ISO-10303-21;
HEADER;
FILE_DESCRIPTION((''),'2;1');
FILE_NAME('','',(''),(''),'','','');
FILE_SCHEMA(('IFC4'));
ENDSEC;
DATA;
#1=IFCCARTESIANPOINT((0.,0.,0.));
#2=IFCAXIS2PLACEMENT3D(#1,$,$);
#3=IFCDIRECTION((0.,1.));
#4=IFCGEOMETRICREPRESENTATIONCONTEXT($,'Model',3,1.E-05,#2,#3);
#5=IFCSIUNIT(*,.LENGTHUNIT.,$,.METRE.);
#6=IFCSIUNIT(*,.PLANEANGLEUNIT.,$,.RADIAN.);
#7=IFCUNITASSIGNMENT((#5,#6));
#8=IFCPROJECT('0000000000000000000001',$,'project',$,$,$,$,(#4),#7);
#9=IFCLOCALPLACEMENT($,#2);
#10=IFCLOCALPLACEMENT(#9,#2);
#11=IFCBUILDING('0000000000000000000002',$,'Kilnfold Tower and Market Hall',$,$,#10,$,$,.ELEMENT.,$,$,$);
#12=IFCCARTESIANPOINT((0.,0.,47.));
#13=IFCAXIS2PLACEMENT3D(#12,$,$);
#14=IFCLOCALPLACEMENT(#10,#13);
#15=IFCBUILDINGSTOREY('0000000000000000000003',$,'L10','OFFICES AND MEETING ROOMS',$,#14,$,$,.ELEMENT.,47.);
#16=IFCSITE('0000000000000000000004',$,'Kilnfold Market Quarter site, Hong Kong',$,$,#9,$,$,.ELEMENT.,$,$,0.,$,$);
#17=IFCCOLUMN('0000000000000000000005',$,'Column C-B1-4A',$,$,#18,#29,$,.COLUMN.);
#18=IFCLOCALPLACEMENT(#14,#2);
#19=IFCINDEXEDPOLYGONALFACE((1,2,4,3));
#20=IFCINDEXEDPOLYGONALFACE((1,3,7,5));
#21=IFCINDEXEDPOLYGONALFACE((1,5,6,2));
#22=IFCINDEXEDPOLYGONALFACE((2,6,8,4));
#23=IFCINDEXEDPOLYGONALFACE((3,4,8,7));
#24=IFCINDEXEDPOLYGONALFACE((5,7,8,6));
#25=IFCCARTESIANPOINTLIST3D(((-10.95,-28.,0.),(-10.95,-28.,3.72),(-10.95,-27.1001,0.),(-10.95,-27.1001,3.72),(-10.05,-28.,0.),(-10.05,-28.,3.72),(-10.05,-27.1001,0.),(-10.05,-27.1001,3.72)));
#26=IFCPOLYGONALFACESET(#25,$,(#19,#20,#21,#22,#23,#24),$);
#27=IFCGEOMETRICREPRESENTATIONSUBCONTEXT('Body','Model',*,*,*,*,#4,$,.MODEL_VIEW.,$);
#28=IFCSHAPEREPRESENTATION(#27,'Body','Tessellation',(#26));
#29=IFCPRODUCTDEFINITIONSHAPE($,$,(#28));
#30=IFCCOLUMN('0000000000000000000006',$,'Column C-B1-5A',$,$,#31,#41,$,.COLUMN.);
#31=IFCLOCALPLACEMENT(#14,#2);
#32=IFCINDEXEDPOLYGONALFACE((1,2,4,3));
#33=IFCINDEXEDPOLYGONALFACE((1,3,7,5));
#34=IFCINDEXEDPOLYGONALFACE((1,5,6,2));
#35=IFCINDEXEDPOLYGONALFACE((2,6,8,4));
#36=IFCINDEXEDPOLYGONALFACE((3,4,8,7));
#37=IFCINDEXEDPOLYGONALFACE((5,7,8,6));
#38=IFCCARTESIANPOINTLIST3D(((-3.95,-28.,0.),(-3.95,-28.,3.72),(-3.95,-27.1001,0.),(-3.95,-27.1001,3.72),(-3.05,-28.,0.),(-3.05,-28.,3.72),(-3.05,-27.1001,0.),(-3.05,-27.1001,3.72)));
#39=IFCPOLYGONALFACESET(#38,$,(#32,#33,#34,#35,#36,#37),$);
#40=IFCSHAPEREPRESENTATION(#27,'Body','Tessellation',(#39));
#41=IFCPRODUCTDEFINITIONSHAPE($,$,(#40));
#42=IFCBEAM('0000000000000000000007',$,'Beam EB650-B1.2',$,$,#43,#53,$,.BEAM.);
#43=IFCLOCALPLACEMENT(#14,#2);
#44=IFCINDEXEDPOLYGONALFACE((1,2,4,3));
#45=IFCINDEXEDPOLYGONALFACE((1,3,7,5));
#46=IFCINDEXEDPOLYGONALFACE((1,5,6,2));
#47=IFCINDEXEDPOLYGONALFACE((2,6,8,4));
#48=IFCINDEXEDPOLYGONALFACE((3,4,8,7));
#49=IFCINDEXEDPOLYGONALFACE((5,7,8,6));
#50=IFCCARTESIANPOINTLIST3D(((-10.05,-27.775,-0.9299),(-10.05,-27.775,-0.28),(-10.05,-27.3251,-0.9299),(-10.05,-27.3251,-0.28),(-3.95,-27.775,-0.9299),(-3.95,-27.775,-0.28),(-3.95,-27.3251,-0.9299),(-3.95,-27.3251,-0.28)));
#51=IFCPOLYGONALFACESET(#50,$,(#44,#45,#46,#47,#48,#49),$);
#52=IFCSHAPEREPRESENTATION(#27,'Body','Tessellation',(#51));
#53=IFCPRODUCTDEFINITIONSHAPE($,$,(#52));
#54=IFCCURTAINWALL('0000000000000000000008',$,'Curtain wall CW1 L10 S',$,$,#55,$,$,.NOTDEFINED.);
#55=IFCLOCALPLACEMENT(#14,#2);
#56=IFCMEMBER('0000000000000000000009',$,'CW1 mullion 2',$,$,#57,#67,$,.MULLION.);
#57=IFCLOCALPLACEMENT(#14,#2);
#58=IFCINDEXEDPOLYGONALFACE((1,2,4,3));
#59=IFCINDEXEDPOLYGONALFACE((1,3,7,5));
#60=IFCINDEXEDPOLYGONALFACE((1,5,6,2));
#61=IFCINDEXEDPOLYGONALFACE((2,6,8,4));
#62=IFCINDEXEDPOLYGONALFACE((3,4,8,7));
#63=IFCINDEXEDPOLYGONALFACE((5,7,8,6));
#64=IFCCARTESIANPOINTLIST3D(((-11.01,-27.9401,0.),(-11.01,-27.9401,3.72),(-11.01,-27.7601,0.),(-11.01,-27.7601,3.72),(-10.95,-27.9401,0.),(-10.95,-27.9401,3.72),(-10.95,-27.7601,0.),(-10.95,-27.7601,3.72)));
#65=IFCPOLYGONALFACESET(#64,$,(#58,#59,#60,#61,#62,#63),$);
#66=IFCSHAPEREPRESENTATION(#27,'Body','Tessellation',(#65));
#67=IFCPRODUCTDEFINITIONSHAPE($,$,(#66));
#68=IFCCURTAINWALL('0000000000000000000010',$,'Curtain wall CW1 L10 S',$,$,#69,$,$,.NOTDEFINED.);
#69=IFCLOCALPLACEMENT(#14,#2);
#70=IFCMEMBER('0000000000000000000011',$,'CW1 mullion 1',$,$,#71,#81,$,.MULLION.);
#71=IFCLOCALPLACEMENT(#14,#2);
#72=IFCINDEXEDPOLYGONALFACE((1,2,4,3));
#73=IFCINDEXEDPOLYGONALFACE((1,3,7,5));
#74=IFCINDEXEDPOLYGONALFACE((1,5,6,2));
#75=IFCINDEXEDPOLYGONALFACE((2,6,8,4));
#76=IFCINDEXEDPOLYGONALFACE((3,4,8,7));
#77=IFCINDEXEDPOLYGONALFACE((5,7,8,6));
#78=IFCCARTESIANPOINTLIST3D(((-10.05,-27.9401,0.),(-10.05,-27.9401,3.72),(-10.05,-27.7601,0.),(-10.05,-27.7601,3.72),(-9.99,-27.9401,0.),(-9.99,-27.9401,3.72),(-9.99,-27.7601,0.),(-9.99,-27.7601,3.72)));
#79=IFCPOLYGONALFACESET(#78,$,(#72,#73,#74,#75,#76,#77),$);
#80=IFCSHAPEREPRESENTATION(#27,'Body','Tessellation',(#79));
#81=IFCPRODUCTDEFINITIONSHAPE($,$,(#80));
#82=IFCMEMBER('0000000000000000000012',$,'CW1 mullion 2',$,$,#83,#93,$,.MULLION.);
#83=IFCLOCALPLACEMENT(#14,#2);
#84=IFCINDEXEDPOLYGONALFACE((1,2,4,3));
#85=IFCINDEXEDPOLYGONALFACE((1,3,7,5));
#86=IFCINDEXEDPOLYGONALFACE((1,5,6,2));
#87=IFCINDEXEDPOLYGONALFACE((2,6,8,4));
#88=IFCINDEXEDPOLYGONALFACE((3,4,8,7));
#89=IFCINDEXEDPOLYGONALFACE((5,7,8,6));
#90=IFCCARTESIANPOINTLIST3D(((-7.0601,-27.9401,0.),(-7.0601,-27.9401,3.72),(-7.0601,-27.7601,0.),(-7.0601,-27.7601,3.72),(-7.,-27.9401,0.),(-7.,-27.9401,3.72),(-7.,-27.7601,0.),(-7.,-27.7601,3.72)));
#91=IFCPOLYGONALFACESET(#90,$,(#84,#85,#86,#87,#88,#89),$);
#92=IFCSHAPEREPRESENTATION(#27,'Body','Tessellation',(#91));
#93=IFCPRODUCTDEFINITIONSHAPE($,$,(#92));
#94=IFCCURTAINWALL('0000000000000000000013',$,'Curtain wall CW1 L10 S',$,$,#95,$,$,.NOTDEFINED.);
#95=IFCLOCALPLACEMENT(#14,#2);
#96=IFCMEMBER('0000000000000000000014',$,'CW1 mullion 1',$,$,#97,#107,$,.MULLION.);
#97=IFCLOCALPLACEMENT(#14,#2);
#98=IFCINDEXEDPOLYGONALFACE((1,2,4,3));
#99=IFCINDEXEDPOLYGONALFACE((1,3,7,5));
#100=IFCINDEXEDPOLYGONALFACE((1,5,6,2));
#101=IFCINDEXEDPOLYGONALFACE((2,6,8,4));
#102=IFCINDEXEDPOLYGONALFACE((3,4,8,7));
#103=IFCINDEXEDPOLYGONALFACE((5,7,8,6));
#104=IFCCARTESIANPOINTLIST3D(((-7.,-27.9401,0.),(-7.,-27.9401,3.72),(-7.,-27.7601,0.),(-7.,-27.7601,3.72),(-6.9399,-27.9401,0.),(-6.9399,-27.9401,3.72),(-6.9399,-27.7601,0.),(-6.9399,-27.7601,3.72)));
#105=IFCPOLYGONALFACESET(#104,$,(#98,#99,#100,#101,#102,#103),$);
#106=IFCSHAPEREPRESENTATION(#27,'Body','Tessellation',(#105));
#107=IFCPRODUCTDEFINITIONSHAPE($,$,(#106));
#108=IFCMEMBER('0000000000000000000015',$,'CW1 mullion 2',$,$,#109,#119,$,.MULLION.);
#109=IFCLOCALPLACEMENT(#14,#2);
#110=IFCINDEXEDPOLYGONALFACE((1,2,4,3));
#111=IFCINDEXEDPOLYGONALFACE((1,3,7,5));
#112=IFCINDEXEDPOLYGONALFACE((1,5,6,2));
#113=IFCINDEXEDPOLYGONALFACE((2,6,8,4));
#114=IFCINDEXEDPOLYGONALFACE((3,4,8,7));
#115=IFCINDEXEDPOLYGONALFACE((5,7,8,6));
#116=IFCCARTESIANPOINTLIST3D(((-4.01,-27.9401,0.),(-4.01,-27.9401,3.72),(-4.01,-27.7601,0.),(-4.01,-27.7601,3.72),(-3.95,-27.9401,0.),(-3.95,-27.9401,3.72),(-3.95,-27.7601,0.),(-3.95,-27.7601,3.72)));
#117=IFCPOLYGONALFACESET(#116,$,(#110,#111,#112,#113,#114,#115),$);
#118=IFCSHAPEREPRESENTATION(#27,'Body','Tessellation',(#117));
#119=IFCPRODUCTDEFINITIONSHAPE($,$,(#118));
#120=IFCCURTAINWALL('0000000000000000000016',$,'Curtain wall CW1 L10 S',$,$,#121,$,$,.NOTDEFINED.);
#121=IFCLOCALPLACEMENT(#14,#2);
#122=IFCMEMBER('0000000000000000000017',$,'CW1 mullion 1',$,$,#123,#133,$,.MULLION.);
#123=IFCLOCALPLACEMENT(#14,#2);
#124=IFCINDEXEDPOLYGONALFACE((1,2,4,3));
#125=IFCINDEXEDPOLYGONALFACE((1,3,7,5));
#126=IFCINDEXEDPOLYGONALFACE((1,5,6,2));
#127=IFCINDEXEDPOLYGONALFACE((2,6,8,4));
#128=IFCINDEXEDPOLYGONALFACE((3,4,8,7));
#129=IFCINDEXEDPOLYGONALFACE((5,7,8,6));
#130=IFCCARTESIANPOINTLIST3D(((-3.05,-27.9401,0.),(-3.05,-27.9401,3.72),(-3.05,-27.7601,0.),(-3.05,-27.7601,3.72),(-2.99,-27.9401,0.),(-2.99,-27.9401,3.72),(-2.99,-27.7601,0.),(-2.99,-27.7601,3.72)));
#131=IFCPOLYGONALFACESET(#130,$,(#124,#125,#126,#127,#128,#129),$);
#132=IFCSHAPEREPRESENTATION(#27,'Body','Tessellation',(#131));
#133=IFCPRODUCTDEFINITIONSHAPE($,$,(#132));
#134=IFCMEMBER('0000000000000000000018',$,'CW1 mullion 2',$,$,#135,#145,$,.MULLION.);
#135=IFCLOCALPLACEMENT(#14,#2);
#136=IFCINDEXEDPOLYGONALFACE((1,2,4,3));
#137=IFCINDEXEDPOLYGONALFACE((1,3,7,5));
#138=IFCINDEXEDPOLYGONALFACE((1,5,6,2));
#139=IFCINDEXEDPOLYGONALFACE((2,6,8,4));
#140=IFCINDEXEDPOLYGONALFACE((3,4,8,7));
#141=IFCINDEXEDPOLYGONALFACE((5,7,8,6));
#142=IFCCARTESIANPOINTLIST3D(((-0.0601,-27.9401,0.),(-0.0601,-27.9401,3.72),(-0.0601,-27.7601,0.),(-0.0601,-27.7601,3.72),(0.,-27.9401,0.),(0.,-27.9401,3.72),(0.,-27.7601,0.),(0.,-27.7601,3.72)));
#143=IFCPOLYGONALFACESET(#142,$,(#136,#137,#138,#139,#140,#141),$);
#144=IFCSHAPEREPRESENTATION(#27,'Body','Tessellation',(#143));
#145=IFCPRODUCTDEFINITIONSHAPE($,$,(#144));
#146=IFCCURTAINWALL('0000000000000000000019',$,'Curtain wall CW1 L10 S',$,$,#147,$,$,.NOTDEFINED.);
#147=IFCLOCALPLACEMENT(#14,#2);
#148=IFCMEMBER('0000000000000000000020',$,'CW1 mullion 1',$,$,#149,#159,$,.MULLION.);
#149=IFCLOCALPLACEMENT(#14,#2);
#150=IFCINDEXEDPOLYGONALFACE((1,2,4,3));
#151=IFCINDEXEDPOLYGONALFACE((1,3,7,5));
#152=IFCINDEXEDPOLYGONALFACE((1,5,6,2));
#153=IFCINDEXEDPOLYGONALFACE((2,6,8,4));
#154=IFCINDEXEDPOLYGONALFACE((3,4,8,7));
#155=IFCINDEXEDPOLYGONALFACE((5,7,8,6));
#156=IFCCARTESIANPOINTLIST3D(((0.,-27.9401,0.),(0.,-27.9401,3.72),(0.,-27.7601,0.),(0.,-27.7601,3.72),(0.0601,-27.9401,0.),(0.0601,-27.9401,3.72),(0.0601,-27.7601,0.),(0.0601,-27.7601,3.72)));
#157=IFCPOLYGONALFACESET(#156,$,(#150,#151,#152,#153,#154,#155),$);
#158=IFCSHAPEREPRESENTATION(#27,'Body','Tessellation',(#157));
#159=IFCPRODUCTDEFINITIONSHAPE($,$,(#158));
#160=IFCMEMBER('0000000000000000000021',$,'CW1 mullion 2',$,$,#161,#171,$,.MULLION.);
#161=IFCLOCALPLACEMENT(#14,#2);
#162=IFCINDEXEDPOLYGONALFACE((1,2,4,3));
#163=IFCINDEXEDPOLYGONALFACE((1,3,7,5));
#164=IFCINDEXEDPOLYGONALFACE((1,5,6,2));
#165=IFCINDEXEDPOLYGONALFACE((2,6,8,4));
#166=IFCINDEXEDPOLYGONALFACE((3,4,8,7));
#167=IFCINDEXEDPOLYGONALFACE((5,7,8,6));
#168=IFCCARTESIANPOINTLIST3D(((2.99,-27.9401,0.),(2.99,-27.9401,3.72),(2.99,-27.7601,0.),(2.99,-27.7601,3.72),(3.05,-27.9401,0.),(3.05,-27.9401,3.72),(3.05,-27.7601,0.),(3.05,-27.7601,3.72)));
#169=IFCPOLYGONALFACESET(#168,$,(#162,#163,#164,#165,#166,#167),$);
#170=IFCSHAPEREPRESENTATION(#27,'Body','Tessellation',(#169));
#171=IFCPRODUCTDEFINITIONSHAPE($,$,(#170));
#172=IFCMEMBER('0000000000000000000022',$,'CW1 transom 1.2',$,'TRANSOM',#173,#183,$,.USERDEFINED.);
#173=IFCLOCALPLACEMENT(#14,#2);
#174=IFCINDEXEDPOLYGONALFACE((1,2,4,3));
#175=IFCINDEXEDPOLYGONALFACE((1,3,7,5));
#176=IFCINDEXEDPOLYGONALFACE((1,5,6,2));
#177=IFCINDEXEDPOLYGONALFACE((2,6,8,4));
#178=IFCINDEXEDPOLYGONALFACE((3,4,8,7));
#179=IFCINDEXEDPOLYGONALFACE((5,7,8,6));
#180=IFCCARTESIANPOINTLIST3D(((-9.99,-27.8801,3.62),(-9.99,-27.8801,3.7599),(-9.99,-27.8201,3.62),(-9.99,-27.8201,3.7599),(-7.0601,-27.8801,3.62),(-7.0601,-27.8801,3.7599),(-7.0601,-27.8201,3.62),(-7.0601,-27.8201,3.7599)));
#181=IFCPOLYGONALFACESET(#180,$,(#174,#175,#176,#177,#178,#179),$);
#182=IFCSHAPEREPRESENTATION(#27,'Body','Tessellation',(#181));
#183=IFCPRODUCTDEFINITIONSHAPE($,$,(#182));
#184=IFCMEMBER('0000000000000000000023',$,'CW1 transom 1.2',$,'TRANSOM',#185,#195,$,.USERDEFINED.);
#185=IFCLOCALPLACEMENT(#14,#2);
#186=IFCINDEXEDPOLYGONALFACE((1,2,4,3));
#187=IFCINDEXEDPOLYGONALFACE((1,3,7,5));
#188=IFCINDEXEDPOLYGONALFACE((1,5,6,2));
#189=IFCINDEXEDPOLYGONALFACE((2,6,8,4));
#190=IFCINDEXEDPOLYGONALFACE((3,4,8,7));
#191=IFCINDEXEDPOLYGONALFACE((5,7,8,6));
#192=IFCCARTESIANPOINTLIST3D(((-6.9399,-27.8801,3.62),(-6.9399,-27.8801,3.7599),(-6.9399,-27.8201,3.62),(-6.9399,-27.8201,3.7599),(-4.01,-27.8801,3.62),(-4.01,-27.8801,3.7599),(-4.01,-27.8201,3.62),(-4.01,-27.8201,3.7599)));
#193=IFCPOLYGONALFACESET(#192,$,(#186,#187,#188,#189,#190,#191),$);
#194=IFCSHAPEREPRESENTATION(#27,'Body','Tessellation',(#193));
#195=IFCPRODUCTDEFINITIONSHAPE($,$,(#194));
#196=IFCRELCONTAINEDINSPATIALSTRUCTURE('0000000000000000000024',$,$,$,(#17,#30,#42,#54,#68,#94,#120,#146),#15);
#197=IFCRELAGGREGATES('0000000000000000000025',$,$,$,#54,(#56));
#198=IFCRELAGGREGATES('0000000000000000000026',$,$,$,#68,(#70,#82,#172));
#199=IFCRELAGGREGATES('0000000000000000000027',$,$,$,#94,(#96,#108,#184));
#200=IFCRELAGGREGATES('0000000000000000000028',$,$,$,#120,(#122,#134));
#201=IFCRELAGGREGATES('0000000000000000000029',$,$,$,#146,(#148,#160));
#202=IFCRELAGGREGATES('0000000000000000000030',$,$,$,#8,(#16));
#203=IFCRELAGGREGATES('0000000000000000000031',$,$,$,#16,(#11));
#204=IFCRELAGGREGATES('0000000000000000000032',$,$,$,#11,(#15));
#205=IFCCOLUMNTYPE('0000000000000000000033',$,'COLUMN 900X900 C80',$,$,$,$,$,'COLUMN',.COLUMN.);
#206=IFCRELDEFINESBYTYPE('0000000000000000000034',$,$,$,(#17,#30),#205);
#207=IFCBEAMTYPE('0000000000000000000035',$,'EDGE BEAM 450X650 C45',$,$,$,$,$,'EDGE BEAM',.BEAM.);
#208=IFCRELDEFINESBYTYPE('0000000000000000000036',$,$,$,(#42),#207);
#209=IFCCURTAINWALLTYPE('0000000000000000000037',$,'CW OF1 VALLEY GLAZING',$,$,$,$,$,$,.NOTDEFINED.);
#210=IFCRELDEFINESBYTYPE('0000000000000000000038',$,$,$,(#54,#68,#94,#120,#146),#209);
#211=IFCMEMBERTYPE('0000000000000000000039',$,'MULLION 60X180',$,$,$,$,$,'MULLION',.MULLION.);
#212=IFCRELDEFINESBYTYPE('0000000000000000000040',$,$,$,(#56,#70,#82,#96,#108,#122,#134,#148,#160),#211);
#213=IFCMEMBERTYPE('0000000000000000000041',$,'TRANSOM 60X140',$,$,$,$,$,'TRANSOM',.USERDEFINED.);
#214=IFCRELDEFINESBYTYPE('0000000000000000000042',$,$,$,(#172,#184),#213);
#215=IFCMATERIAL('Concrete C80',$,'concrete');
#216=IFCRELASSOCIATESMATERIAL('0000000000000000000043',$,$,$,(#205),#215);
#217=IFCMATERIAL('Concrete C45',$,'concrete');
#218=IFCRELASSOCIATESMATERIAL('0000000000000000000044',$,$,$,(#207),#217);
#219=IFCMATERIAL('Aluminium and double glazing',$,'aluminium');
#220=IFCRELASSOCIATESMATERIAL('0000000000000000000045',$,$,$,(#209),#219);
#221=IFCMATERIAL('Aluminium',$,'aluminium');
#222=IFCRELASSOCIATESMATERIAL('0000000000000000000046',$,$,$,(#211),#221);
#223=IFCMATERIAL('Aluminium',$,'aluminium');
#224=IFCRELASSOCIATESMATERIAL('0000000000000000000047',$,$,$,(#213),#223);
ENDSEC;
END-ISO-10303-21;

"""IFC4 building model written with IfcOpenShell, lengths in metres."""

from ifc_helpers import new_model, si_unit, direction, frame, origin, origin_2d, place, context, subcontext, project, spatial, rectangle, extrude, source, transform, mapped, material, material_profile, profile_set, type_object, element, aggregate, save


model = new_model("IFC4")

# Units and contexts
model_context = context("Model", 3, precision=1e-05, world=origin(), true_north=direction((0.0, 1.0)))
body_context = subcontext(model_context, "Body", "Model", "MODEL_VIEW")
ifc_project = project(units=[si_unit("LENGTHUNIT", "METRE"), si_unit("PLANEANGLEUNIT", "RADIAN")], contexts=[model_context])

# Site, building, storey
site_placement = place(None, origin())
site = spatial("IfcSite", under=ifc_project, at=site_placement, Name="Kilnfold Market Quarter site, Hong Kong", CompositionType="ELEMENT", RefElevation=0.0)
building_placement = place(site_placement, origin())
building = spatial("IfcBuilding", under=site, at=building_placement, Name="Kilnfold Tower and Market Hall", CompositionType="ELEMENT")
storey_placement = place(building_placement, frame((0.0, 0.0, 47.0)))
storey = spatial("IfcBuildingStorey", under=building, at=storey_placement, Name="L10", Description="OFFICES AND MEETING ROOMS", CompositionType="ELEMENT", Elevation=47.0)

# Columns
ifc_material_1 = material(Name="Concrete C80", Category="concrete")
ifc_material_profile_1 = material_profile(ifc_material_1, rectangle(XDim=0.8999, YDim=0.8999, at=origin_2d()), Name="RC 900x900")
ifc_profile_set_1 = profile_set([ifc_material_profile_1], Name="Concrete C80")
column_type = type_object("IfcColumnType", Name="COLUMN 900X900 C80", ElementType="COLUMN", PredefinedType="COLUMN", material=ifc_profile_set_1)
shared_shape_1 = source(origin(), body_context, "Body", "SweptSolid", [
    extrude(rectangle(XDim=0.8999, YDim=0.8999, at=origin_2d()), origin(), (0.0, 0.0, 1.0), 3.72),
])
for number, where, z_axis, x_axis, name in (
    (1, (-10.5, -27.55, 0.0), (0.0, 0.0, 1.0), (1.0, 0.0, 0.0), "Column C-B1-4A"),
    (2, (-3.5, -27.55, 0.0), (0.0, 0.0, 1.0), (1.0, 0.0, 0.0), "Column C-B1-5A"),
):
    element("IfcColumn", number, at=place(storey_placement, frame(where, z_axis=z_axis, x_axis=x_axis)), inside=storey, type_object=column_type, Name=name, PredefinedType="COLUMN", context=body_context, shape_type="MappedRepresentation", body=[
        mapped(shared_shape_1, transform((0.0, 0.0, 0.0))),
    ])

# Beam
ifc_material_2 = material(Name="Concrete C45", Category="concrete")
ifc_material_profile_2 = material_profile(ifc_material_2, rectangle(XDim=0.45, YDim=0.6499, at=origin_2d()), Name="RC 450x650")
ifc_profile_set_2 = profile_set([ifc_material_profile_2], Name="Concrete C45")
beam_type = type_object("IfcBeamType", Name="EDGE BEAM 450X650 C45", ElementType="EDGE BEAM", PredefinedType="BEAM", material=ifc_profile_set_2)
shared_shape_2 = source(origin(), body_context, "Body", "SweptSolid", [
    extrude(rectangle(XDim=0.45, YDim=0.6499, at=origin_2d()), origin(), (0.0, 0.0, 1.0), 6.1001),
])
beam_placement = place(storey_placement, frame((-10.05, -27.55, -0.605), z_axis=(1.0, 0.0, 0.0), x_axis=(0.0, 1.0, 0.0)))
element("IfcBeam", 3, at=beam_placement, inside=storey, type_object=beam_type, Name="Beam EB650-B1.2", PredefinedType="BEAM", context=body_context, shape_type="MappedRepresentation", body=[
    mapped(shared_shape_2, transform((0.0, 0.0, 0.0))),
])

# Curtain wall, member
ifc_material_3 = material(Name="Aluminium and double glazing", Category="aluminium")
curtain_wall_type = type_object("IfcCurtainWallType", Name="CW OF1 VALLEY GLAZING", PredefinedType="NOTDEFINED", material=ifc_material_3)
curtain_wall_1_placement = place(storey_placement, origin())
curtain_wall_1 = element("IfcCurtainWall", 4, at=curtain_wall_1_placement, inside=storey, type_object=curtain_wall_type, Name="Curtain wall CW1 L10 S", PredefinedType="NOTDEFINED")
ifc_material_4 = material(Name="Aluminium", Category="aluminium")
ifc_material_profile_3 = material_profile(ifc_material_4, rectangle(XDim=0.0601, YDim=0.1799, at=origin_2d()), Name="MULLION 60x180")
ifc_profile_set_3 = profile_set([ifc_material_profile_3], Name="Aluminium")
member_type_1 = type_object("IfcMemberType", Name="MULLION 60X180", ElementType="MULLION", PredefinedType="MULLION", material=ifc_profile_set_3)
shared_shape_3 = source(origin(), body_context, "Body", "SweptSolid", [
    extrude(rectangle(XDim=0.0601, YDim=0.1799, at=origin_2d()), origin(), (0.0, 0.0, 1.0), 3.72),
])
member_1_placement = place(storey_placement, frame((-10.98, -27.8501, 0.0), z_axis=(0.0, 0.0, 1.0), x_axis=(1.0, 0.0, 0.0)))
member_1 = element("IfcMember", 5, at=member_1_placement, type_object=member_type_1, Name="CW1 mullion 2", PredefinedType="MULLION", context=body_context, shape_type="MappedRepresentation", body=[
    mapped(shared_shape_3, transform((0.0, 0.0, 0.0))),
])
aggregate(curtain_wall_1, [member_1])

# Curtain walls, members
curtain_wall_2_placement = place(storey_placement, origin())
curtain_wall_2 = element("IfcCurtainWall", 6, at=curtain_wall_2_placement, inside=storey, type_object=curtain_wall_type, Name="Curtain wall CW1 L10 S", PredefinedType="NOTDEFINED")
member_2_placement = place(storey_placement, frame((-10.02, -27.8501, 0.0), z_axis=(0.0, 0.0, 1.0), x_axis=(1.0, 0.0, 0.0)))
member_2 = element("IfcMember", 7, at=member_2_placement, type_object=member_type_1, Name="CW1 mullion 1", PredefinedType="MULLION", context=body_context, shape_type="MappedRepresentation", body=[
    mapped(shared_shape_3, transform((0.0, 0.0, 0.0))),
])
member_3_placement = place(storey_placement, frame((-7.03, -27.8501, 0.0), z_axis=(0.0, 0.0, 1.0), x_axis=(1.0, 0.0, 0.0)))
member_3 = element("IfcMember", 8, at=member_3_placement, type_object=member_type_1, Name="CW1 mullion 2", PredefinedType="MULLION", context=body_context, shape_type="MappedRepresentation", body=[
    mapped(shared_shape_3, transform((0.0, 0.0, 0.0))),
])
curtain_wall_3_placement = place(storey_placement, origin())
curtain_wall_3 = element("IfcCurtainWall", 9, at=curtain_wall_3_placement, inside=storey, type_object=curtain_wall_type, Name="Curtain wall CW1 L10 S", PredefinedType="NOTDEFINED")
member_4_placement = place(storey_placement, frame((-6.97, -27.8501, 0.0), z_axis=(0.0, 0.0, 1.0), x_axis=(1.0, 0.0, 0.0)))
member_4 = element("IfcMember", 10, at=member_4_placement, type_object=member_type_1, Name="CW1 mullion 1", PredefinedType="MULLION", context=body_context, shape_type="MappedRepresentation", body=[
    mapped(shared_shape_3, transform((0.0, 0.0, 0.0))),
])
member_5_placement = place(storey_placement, frame((-3.98, -27.8501, 0.0), z_axis=(0.0, 0.0, 1.0), x_axis=(1.0, 0.0, 0.0)))
member_5 = element("IfcMember", 11, at=member_5_placement, type_object=member_type_1, Name="CW1 mullion 2", PredefinedType="MULLION", context=body_context, shape_type="MappedRepresentation", body=[
    mapped(shared_shape_3, transform((0.0, 0.0, 0.0))),
])
curtain_wall_4_placement = place(storey_placement, origin())
curtain_wall_4 = element("IfcCurtainWall", 12, at=curtain_wall_4_placement, inside=storey, type_object=curtain_wall_type, Name="Curtain wall CW1 L10 S", PredefinedType="NOTDEFINED")
member_6_placement = place(storey_placement, frame((-3.02, -27.8501, 0.0), z_axis=(0.0, 0.0, 1.0), x_axis=(1.0, 0.0, 0.0)))
member_6 = element("IfcMember", 13, at=member_6_placement, type_object=member_type_1, Name="CW1 mullion 1", PredefinedType="MULLION", context=body_context, shape_type="MappedRepresentation", body=[
    mapped(shared_shape_3, transform((0.0, 0.0, 0.0))),
])
member_7_placement = place(storey_placement, frame((-0.03, -27.8501, 0.0), z_axis=(0.0, 0.0, 1.0), x_axis=(1.0, 0.0, 0.0)))
member_7 = element("IfcMember", 14, at=member_7_placement, type_object=member_type_1, Name="CW1 mullion 2", PredefinedType="MULLION", context=body_context, shape_type="MappedRepresentation", body=[
    mapped(shared_shape_3, transform((0.0, 0.0, 0.0))),
])
curtain_wall_5_placement = place(storey_placement, origin())
curtain_wall_5 = element("IfcCurtainWall", 15, at=curtain_wall_5_placement, inside=storey, type_object=curtain_wall_type, Name="Curtain wall CW1 L10 S", PredefinedType="NOTDEFINED")
member_8_placement = place(storey_placement, frame((0.03, -27.8501, 0.0), z_axis=(0.0, 0.0, 1.0), x_axis=(1.0, 0.0, 0.0)))
member_8 = element("IfcMember", 16, at=member_8_placement, type_object=member_type_1, Name="CW1 mullion 1", PredefinedType="MULLION", context=body_context, shape_type="MappedRepresentation", body=[
    mapped(shared_shape_3, transform((0.0, 0.0, 0.0))),
])
member_9_placement = place(storey_placement, frame((3.02, -27.8501, 0.0), z_axis=(0.0, 0.0, 1.0), x_axis=(1.0, 0.0, 0.0)))
member_9 = element("IfcMember", 17, at=member_9_placement, type_object=member_type_1, Name="CW1 mullion 2", PredefinedType="MULLION", context=body_context, shape_type="MappedRepresentation", body=[
    mapped(shared_shape_3, transform((0.0, 0.0, 0.0))),
])

# Members
ifc_material_5 = material(Name="Aluminium", Category="aluminium")
ifc_material_profile_4 = material_profile(ifc_material_5, rectangle(XDim=0.0601, YDim=0.1399, at=origin_2d()), Name="TRANSOM 60x140")
ifc_profile_set_4 = profile_set([ifc_material_profile_4], Name="Aluminium")
member_type_2 = type_object("IfcMemberType", Name="TRANSOM 60X140", ElementType="TRANSOM", PredefinedType="USERDEFINED", material=ifc_profile_set_4)
shared_shape_4 = source(origin(), body_context, "Body", "SweptSolid", [
    extrude(rectangle(XDim=0.0601, YDim=0.1399, at=origin_2d()), origin(), (0.0, 0.0, 1.0), 2.9299),
])
member_10_placement = place(storey_placement, frame((-9.99, -27.8501, 3.6899), z_axis=(1.0, 0.0, 0.0), x_axis=(0.0, 1.0, 0.0)))
member_10 = element("IfcMember", 18, at=member_10_placement, type_object=member_type_2, Name="CW1 transom 1.2", ObjectType="TRANSOM", PredefinedType="USERDEFINED", context=body_context, shape_type="MappedRepresentation", body=[
    mapped(shared_shape_4, transform((0.0, 0.0, 0.0))),
])
member_11_placement = place(storey_placement, frame((-6.9399, -27.8501, 3.6899), z_axis=(1.0, 0.0, 0.0), x_axis=(0.0, 1.0, 0.0)))
member_11 = element("IfcMember", 19, at=member_11_placement, type_object=member_type_2, Name="CW1 transom 1.2", ObjectType="TRANSOM", PredefinedType="USERDEFINED", context=body_context, shape_type="MappedRepresentation", body=[
    mapped(shared_shape_4, transform((0.0, 0.0, 0.0))),
])

aggregate(curtain_wall_2, [member_2, member_3, member_10])
aggregate(curtain_wall_3, [member_4, member_5, member_11])
aggregate(curtain_wall_4, [member_6, member_7])
aggregate(curtain_wall_5, [member_8, member_9])

save(model, "model.ifc")
